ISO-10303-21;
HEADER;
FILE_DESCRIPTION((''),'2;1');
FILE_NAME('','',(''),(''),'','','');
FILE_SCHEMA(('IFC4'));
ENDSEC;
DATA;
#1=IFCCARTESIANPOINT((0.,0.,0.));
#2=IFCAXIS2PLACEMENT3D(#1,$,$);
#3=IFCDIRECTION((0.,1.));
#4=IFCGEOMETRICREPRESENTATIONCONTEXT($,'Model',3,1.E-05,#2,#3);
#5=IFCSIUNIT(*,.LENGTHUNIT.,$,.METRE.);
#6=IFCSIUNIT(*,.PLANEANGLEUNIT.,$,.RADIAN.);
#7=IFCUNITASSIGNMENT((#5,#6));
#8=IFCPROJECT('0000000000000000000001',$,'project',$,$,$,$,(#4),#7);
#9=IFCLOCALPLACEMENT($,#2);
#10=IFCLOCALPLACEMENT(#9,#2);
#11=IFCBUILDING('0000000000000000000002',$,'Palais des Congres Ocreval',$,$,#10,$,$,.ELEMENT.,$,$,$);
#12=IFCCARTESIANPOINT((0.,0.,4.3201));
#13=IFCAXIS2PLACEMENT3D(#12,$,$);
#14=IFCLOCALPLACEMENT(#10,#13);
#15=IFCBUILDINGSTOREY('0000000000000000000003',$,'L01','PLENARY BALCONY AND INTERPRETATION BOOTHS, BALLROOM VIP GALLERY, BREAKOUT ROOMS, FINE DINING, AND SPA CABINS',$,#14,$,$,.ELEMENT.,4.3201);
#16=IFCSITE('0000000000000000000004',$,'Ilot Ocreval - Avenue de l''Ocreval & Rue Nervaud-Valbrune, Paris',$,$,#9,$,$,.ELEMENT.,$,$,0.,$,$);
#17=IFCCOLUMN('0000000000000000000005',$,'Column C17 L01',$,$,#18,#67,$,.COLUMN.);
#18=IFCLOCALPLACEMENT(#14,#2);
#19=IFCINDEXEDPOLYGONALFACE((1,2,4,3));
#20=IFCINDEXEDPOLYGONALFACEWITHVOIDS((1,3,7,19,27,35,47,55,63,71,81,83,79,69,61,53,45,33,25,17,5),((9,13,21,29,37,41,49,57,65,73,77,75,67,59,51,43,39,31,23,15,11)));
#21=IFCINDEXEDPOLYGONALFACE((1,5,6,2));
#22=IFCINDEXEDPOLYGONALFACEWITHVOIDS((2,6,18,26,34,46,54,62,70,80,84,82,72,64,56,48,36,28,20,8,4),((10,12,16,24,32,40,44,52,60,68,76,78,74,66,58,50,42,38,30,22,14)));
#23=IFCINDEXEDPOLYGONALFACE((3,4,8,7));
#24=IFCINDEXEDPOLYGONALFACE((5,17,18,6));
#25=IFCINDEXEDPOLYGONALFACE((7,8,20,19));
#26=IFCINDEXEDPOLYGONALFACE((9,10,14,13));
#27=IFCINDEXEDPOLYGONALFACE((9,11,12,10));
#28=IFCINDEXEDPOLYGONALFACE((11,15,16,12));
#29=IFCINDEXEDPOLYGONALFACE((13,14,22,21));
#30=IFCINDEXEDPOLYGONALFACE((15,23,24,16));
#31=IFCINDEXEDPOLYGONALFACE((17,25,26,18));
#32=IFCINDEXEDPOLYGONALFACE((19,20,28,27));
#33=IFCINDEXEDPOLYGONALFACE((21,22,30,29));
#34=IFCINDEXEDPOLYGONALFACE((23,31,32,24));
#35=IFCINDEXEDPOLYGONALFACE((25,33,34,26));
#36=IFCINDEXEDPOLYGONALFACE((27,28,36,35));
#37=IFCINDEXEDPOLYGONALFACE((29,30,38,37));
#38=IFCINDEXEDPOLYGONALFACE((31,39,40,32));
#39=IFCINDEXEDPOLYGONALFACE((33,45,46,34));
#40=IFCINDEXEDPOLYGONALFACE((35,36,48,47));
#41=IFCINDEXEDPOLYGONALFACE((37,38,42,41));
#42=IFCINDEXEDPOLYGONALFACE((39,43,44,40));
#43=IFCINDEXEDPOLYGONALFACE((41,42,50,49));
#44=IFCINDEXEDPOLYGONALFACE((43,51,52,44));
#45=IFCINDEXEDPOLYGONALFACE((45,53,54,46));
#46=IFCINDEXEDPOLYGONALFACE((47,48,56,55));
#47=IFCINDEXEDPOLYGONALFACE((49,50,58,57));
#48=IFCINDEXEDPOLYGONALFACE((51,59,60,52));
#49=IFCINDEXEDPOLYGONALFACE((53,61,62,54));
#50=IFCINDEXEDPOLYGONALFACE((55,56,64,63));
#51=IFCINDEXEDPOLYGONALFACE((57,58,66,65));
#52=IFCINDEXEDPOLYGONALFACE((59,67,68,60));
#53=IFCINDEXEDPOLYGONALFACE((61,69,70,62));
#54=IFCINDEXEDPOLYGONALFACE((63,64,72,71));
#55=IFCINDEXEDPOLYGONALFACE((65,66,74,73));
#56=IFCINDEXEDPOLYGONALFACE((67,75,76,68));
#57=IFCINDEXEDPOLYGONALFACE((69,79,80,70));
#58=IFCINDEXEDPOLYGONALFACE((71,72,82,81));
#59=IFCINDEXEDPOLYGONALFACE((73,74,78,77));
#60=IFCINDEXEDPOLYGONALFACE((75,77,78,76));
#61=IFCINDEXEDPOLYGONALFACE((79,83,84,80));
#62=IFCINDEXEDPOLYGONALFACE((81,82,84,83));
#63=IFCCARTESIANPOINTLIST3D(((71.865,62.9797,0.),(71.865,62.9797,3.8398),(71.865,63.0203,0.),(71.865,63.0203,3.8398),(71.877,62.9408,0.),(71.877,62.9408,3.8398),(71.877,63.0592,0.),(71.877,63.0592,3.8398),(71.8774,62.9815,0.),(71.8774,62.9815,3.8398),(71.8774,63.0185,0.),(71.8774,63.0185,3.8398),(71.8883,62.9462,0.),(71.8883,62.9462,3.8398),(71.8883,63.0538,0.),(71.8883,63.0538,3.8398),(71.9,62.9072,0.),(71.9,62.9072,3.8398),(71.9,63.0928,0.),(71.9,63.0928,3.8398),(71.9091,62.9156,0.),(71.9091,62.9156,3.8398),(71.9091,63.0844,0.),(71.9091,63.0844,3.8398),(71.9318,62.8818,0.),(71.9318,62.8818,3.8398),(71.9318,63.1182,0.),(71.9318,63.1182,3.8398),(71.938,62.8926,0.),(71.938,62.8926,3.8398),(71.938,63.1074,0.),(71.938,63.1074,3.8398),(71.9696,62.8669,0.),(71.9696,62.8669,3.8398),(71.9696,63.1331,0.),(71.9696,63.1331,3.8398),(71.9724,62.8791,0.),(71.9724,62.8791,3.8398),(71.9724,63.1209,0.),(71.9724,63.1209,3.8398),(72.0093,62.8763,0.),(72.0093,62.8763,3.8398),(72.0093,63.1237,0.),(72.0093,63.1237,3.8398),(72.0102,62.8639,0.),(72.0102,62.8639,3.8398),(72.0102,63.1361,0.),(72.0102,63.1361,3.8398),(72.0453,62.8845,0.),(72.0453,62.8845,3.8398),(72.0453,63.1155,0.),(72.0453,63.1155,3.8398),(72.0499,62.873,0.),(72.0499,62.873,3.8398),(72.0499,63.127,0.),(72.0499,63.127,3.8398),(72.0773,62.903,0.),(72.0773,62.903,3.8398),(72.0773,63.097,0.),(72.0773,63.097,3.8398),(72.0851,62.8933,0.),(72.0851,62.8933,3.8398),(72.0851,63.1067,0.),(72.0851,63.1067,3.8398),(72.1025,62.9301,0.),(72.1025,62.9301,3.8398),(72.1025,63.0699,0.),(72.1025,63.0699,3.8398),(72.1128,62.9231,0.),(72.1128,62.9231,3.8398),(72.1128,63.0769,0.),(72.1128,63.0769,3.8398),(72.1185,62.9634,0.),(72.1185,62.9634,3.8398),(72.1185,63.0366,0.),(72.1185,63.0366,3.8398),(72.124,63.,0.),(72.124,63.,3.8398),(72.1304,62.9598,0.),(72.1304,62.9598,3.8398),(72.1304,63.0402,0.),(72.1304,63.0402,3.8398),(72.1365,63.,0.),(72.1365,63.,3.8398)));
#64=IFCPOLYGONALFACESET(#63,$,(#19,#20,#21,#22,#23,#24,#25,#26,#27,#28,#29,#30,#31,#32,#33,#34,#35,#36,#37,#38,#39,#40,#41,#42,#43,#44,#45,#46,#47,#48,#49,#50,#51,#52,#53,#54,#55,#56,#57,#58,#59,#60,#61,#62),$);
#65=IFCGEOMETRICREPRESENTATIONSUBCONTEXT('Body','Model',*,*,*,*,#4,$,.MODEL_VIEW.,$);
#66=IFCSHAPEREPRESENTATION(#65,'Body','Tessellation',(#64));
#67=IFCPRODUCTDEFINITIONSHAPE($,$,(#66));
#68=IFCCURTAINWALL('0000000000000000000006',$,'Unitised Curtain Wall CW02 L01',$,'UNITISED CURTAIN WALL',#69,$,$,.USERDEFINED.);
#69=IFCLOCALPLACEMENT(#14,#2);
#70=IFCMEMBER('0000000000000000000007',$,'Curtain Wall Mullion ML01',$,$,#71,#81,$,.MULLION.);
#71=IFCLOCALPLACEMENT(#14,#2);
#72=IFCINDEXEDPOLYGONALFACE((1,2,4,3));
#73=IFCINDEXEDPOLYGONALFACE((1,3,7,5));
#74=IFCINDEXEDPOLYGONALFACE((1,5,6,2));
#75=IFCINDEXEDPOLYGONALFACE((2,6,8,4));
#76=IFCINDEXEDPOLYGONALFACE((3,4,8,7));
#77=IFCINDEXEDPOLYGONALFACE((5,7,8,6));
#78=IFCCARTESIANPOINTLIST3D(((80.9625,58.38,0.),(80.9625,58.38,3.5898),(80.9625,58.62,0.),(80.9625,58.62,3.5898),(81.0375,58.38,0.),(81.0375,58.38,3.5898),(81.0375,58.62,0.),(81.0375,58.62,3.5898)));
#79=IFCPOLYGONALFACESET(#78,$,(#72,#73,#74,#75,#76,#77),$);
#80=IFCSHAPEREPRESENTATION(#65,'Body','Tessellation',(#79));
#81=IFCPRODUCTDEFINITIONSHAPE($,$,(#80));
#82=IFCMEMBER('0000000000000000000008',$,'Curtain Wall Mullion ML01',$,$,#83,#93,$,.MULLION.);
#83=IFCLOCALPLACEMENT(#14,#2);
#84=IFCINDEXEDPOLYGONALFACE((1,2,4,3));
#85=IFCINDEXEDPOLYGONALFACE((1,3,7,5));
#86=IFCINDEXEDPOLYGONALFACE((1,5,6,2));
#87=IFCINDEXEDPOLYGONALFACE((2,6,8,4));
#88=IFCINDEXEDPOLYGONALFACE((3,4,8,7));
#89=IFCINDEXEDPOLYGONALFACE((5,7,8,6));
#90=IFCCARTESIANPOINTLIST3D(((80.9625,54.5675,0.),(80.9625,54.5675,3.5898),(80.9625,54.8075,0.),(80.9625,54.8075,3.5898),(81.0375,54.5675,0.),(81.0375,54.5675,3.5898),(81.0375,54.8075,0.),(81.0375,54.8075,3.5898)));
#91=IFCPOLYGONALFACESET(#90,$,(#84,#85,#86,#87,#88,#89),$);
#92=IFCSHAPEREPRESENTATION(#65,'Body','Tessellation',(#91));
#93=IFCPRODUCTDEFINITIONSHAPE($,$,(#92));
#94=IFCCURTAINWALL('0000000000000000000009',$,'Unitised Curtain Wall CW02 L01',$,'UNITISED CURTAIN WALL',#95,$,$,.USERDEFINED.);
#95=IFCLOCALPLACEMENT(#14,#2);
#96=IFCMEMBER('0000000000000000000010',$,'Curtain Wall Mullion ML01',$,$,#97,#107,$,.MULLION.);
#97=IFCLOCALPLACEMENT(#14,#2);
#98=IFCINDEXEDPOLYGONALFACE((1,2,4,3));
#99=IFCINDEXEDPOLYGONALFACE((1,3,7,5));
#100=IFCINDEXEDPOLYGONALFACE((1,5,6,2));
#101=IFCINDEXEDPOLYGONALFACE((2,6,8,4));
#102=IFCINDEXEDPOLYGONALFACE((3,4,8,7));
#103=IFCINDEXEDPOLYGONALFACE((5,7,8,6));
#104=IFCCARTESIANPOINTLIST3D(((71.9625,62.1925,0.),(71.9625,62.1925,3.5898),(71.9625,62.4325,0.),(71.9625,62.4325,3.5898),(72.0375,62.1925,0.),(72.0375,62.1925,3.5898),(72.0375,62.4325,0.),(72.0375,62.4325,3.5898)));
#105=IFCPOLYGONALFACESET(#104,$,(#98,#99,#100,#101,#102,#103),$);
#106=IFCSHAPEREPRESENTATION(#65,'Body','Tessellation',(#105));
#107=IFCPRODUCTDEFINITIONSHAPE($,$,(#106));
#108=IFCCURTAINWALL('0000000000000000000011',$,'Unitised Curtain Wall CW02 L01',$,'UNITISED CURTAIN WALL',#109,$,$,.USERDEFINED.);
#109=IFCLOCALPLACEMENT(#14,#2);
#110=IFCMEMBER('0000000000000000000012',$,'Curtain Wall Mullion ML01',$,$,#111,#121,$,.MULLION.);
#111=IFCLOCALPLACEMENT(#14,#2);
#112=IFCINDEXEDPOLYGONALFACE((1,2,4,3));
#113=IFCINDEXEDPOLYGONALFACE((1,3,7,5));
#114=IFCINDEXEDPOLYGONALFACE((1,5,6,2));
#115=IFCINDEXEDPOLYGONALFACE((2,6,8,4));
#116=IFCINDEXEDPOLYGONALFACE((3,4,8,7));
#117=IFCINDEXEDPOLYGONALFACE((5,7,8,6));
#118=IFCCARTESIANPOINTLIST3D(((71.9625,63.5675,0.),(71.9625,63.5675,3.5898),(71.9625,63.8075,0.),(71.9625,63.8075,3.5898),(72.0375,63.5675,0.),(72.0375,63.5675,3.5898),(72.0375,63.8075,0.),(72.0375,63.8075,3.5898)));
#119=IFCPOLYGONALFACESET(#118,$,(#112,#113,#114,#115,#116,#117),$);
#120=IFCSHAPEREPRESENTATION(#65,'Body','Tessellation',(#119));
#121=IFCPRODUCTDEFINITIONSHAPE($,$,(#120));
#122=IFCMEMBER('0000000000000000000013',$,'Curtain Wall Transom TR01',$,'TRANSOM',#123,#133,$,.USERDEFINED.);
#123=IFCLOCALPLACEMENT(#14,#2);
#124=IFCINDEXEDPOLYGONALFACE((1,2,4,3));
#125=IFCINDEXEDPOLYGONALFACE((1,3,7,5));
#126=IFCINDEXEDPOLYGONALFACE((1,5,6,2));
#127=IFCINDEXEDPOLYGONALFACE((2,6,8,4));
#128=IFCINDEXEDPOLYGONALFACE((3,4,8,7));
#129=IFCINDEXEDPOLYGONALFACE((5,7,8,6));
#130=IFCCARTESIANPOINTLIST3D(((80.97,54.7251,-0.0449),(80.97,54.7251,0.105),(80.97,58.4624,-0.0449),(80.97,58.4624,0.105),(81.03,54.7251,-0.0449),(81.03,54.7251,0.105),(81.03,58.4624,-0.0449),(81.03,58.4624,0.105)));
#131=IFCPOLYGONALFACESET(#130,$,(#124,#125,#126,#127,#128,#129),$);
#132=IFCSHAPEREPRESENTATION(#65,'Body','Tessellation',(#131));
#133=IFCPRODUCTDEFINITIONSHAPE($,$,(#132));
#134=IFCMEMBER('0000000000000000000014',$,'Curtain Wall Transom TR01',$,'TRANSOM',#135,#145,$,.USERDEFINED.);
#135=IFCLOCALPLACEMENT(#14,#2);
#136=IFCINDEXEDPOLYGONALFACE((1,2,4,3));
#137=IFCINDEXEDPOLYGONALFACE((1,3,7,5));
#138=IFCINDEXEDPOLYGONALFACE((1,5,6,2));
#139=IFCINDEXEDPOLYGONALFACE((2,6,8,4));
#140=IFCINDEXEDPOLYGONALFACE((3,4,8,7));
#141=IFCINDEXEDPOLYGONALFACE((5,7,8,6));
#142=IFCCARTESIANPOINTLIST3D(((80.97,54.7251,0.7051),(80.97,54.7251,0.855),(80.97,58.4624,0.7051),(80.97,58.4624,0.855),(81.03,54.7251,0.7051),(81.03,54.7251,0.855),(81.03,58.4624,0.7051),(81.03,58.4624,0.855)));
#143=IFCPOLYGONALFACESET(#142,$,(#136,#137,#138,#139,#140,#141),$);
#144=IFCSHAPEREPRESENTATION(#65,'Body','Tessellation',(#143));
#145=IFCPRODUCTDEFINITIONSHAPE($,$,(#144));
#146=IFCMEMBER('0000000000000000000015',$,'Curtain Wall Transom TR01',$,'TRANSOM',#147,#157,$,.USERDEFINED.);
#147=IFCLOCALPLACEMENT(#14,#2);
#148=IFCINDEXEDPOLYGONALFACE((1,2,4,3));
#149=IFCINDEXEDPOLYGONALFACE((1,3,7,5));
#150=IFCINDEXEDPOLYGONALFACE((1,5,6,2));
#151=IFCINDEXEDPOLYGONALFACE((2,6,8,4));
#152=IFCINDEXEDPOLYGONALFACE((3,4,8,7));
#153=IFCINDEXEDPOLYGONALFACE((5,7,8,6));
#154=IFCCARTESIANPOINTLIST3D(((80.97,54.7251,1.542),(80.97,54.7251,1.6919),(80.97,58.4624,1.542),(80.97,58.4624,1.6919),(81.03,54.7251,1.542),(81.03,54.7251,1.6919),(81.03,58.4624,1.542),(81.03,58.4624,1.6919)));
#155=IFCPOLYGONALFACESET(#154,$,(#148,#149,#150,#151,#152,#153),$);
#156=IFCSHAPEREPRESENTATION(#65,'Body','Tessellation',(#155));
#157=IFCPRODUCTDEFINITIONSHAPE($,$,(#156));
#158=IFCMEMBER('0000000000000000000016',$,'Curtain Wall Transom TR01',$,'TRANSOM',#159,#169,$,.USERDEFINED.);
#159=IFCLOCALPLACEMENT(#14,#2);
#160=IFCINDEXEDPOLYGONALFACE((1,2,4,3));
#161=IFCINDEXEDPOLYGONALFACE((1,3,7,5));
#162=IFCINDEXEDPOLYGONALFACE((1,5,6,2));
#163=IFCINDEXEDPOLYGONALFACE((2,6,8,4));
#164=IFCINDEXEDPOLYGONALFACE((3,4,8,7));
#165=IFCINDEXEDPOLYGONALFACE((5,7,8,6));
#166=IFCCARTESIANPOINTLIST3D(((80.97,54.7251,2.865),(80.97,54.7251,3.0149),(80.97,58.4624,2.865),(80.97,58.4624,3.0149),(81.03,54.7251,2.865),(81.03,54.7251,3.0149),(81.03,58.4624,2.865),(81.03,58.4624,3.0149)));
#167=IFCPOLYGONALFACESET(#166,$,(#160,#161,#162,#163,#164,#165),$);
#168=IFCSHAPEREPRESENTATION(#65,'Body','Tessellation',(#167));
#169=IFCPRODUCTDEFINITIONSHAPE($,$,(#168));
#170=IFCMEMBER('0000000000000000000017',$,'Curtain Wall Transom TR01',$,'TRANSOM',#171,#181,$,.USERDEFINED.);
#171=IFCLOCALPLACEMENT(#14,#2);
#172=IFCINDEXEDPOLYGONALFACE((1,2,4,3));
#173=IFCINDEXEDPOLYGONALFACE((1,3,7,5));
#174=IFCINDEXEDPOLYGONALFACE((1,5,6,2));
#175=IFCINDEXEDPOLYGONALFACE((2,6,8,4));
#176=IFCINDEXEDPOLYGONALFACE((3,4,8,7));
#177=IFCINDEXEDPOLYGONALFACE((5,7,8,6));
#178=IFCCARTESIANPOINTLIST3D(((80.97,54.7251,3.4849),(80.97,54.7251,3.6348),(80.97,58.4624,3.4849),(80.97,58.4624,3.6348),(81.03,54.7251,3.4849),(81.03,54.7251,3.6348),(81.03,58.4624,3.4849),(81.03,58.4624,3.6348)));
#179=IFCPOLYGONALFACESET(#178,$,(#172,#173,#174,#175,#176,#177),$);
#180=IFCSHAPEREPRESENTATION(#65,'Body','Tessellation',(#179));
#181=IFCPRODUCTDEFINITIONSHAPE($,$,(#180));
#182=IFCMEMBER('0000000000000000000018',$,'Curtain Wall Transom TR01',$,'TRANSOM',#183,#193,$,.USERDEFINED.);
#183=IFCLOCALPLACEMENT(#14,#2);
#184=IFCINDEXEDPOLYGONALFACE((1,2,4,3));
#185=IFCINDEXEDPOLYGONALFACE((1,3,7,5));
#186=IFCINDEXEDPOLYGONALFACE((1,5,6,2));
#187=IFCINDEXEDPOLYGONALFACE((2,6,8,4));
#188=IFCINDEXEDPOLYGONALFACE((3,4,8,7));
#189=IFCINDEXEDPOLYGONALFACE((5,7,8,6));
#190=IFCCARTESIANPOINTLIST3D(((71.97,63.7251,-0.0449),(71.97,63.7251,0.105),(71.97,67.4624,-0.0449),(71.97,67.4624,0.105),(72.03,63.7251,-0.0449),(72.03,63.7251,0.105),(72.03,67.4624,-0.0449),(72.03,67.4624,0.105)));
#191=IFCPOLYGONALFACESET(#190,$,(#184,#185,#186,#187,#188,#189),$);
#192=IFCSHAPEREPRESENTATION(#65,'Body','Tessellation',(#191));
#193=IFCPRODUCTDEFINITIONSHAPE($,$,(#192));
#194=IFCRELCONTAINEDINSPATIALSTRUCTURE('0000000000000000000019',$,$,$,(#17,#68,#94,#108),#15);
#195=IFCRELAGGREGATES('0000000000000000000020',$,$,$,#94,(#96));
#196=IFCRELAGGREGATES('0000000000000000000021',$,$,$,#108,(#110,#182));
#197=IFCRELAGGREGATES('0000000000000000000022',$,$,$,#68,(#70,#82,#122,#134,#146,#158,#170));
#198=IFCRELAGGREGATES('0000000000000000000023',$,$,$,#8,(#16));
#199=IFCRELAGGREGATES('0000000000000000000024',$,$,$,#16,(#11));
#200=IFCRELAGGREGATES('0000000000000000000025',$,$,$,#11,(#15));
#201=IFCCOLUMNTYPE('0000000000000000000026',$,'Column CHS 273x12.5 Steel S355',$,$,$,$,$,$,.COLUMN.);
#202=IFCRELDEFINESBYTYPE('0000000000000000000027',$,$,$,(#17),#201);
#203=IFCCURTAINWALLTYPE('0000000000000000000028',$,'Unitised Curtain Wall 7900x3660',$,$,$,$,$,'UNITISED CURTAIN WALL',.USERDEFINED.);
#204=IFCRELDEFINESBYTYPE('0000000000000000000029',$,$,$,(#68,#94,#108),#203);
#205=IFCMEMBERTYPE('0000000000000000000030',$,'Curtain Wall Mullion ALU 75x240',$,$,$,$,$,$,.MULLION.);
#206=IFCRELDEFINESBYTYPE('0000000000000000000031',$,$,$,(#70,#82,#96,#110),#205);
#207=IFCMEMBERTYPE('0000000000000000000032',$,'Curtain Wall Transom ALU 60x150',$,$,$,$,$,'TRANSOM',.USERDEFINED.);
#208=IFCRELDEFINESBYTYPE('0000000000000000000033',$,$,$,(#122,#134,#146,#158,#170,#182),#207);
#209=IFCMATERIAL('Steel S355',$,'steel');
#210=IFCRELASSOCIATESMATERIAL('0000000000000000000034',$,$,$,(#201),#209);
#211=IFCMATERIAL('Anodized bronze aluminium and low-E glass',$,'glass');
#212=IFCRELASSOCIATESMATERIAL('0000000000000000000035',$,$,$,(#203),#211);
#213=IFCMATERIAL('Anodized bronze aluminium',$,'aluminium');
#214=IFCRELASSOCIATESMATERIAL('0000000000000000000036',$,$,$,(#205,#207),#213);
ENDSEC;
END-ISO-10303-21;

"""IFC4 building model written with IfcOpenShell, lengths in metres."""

from ifc_helpers import new_model, si_unit, direction, frame, origin, origin_2d, place, context, subcontext, project, spatial, rectangle, hollow_circle, extrude, material, material_profile, profile_set, type_object, element, aggregate, save


model = new_model("IFC4")

# Units and contexts
model_context = context("Model", 3, precision=1e-05, world=origin(), true_north=direction((0.0, 1.0)))
body_context = subcontext(model_context, "Body", "Model", "MODEL_VIEW")
ifc_project = project(units=[si_unit("LENGTHUNIT", "METRE"), si_unit("PLANEANGLEUNIT", "RADIAN")], contexts=[model_context])

# Site, building, storey
site_placement = place(None, origin())
site = spatial("IfcSite", under=ifc_project, at=site_placement, Name="Ilot Ocreval - Avenue de l'Ocreval & Rue Nervaud-Valbrune, Paris", CompositionType="ELEMENT", RefElevation=0.0)
building_placement = place(site_placement, origin())
building = spatial("IfcBuilding", under=site, at=building_placement, Name="Palais des Congres Ocreval", CompositionType="ELEMENT")
storey_placement = place(building_placement, frame((0.0, 0.0, 4.3201)))
storey = spatial("IfcBuildingStorey", under=building, at=storey_placement, Name="L01", Description="PLENARY BALCONY AND INTERPRETATION BOOTHS, BALLROOM VIP GALLERY, BREAKOUT ROOMS, FINE DINING, AND SPA CABINS", CompositionType="ELEMENT", Elevation=4.3201)

# Column
ifc_material_1 = material(Name="Steel S355", Category="steel")
ifc_material_profile_1 = material_profile(ifc_material_1, hollow_circle(Radius=0.1365, WallThickness=0.0125, at=origin_2d()), Name="CHS 273x12.5")
ifc_profile_set_1 = profile_set([ifc_material_profile_1], Name="Steel S355")
column_type = type_object("IfcColumnType", Name="Column CHS 273x12.5 Steel S355", PredefinedType="COLUMN", material=ifc_profile_set_1)
column_placement = place(storey_placement, frame((72.0, 63.0, 0.0), z_axis=(0.0, 0.0, 1.0), x_axis=(1.0, 0.0, 0.0)))
element("IfcColumn", 1, at=column_placement, inside=storey, type_object=column_type, Name="Column C17 L01", PredefinedType="COLUMN", context=body_context, shape_type="SweptSolid", body=[
    extrude(hollow_circle(Radius=0.1365, WallThickness=0.0125, at=origin_2d()), origin(), (0.0, 0.0, 1.0), 3.8398),
])

# Curtain wall, members
ifc_material_2 = material(Name="Anodized bronze aluminium and low-E glass", Category="glass")
curtain_wall_type = type_object("IfcCurtainWallType", Name="Unitised Curtain Wall 7900x3660", ElementType="UNITISED CURTAIN WALL", PredefinedType="USERDEFINED", material=ifc_material_2)
curtain_wall_1_placement = place(storey_placement, origin())
curtain_wall_1 = element("IfcCurtainWall", 2, at=curtain_wall_1_placement, inside=storey, type_object=curtain_wall_type, Name="Unitised Curtain Wall CW02 L01", ObjectType="UNITISED CURTAIN WALL", PredefinedType="USERDEFINED")
ifc_material_3 = material(Name="Anodized bronze aluminium", Category="aluminium")
ifc_material_profile_2 = material_profile(ifc_material_3, rectangle(XDim=0.075, YDim=0.24, at=origin_2d()), Name="ALU 75x240")
ifc_profile_set_2 = profile_set([ifc_material_profile_2], Name="Anodized bronze aluminium")
member_type_1 = type_object("IfcMemberType", Name="Curtain Wall Mullion ALU 75x240", PredefinedType="MULLION", material=ifc_profile_set_2)
member_1_placement = place(storey_placement, frame((81.0, 58.5, 0.0), z_axis=(0.0, 0.0, 1.0), x_axis=(1.0, 0.0, 0.0)))
member_1 = element("IfcMember", 3, at=member_1_placement, type_object=member_type_1, Name="Curtain Wall Mullion ML01", PredefinedType="MULLION", context=body_context, shape_type="SweptSolid", body=[
    extrude(rectangle(XDim=0.075, YDim=0.24, at=origin_2d()), origin(), (0.0, 0.0, 1.0), 3.5898),
])
member_2_placement = place(storey_placement, frame((81.0, 54.6875, 0.0), z_axis=(0.0, 0.0, 1.0), x_axis=(1.0, 0.0, 0.0)))
member_2 = element("IfcMember", 4, at=member_2_placement, type_object=member_type_1, Name="Curtain Wall Mullion ML01", PredefinedType="MULLION", context=body_context, shape_type="SweptSolid", body=[
    extrude(rectangle(XDim=0.075, YDim=0.24, at=origin_2d()), origin(), (0.0, 0.0, 1.0), 3.5898),
])

# Curtain walls, members
curtain_wall_2_placement = place(storey_placement, origin())
curtain_wall_2 = element("IfcCurtainWall", 5, at=curtain_wall_2_placement, inside=storey, type_object=curtain_wall_type, Name="Unitised Curtain Wall CW02 L01", ObjectType="UNITISED CURTAIN WALL", PredefinedType="USERDEFINED")
member_3_placement = place(storey_placement, frame((72.0, 62.3125, 0.0), z_axis=(0.0, 0.0, 1.0), x_axis=(-1.0, 0.0, 0.0)))
member_3 = element("IfcMember", 6, at=member_3_placement, type_object=member_type_1, Name="Curtain Wall Mullion ML01", PredefinedType="MULLION", context=body_context, shape_type="SweptSolid", body=[
    extrude(rectangle(XDim=0.075, YDim=0.24, at=origin_2d()), origin(), (0.0, 0.0, 1.0), 3.5898),
])
aggregate(curtain_wall_2, [member_3])
curtain_wall_3_placement = place(storey_placement, origin())
curtain_wall_3 = element("IfcCurtainWall", 7, at=curtain_wall_3_placement, inside=storey, type_object=curtain_wall_type, Name="Unitised Curtain Wall CW02 L01", ObjectType="UNITISED CURTAIN WALL", PredefinedType="USERDEFINED")
member_4_placement = place(storey_placement, frame((72.0, 63.6875, 0.0), z_axis=(0.0, 0.0, 1.0), x_axis=(-1.0, 0.0, 0.0)))
member_4 = element("IfcMember", 8, at=member_4_placement, type_object=member_type_1, Name="Curtain Wall Mullion ML01", PredefinedType="MULLION", context=body_context, shape_type="SweptSolid", body=[
    extrude(rectangle(XDim=0.075, YDim=0.24, at=origin_2d()), origin(), (0.0, 0.0, 1.0), 3.5898),
])

# Members
ifc_material_profile_3 = material_profile(ifc_material_3, rectangle(XDim=0.0601, YDim=0.1499, at=origin_2d()), Name="ALU 60x150")
ifc_profile_set_3 = profile_set([ifc_material_profile_3], Name="Anodized bronze aluminium")
member_type_2 = type_object("IfcMemberType", Name="Curtain Wall Transom ALU 60x150", ElementType="TRANSOM", PredefinedType="USERDEFINED", material=ifc_profile_set_3)
member_5_placement = place(storey_placement, frame((81.0, 58.4624, 0.03), z_axis=(0.0, -1.0, 0.0), x_axis=(1.0, 0.0, 0.0)))
member_5 = element("IfcMember", 9, at=member_5_placement, type_object=member_type_2, Name="Curtain Wall Transom TR01", ObjectType="TRANSOM", PredefinedType="USERDEFINED", context=body_context, shape_type="SweptSolid", body=[
    extrude(rectangle(XDim=0.0601, YDim=0.1499, at=origin_2d()), origin(), (0.0, 0.0, 1.0), 3.7373),
])
member_6_placement = place(storey_placement, frame((81.0, 58.4624, 0.78), z_axis=(0.0, -1.0, 0.0), x_axis=(1.0, 0.0, 0.0)))
member_6 = element("IfcMember", 10, at=member_6_placement, type_object=member_type_2, Name="Curtain Wall Transom TR01", ObjectType="TRANSOM", PredefinedType="USERDEFINED", context=body_context, shape_type="SweptSolid", body=[
    extrude(rectangle(XDim=0.0601, YDim=0.1499, at=origin_2d()), origin(), (0.0, 0.0, 1.0), 3.7373),
])
member_7_placement = place(storey_placement, frame((81.0, 58.4624, 1.6169), z_axis=(0.0, -1.0, 0.0), x_axis=(1.0, 0.0, 0.0)))
member_7 = element("IfcMember", 11, at=member_7_placement, type_object=member_type_2, Name="Curtain Wall Transom TR01", ObjectType="TRANSOM", PredefinedType="USERDEFINED", context=body_context, shape_type="SweptSolid", body=[
    extrude(rectangle(XDim=0.0601, YDim=0.1499, at=origin_2d()), origin(), (0.0, 0.0, 1.0), 3.7373),
])
member_8_placement = place(storey_placement, frame((81.0, 58.4624, 2.9399), z_axis=(0.0, -1.0, 0.0), x_axis=(1.0, 0.0, 0.0)))
member_8 = element("IfcMember", 12, at=member_8_placement, type_object=member_type_2, Name="Curtain Wall Transom TR01", ObjectType="TRANSOM", PredefinedType="USERDEFINED", context=body_context, shape_type="SweptSolid", body=[
    extrude(rectangle(XDim=0.0601, YDim=0.1499, at=origin_2d()), origin(), (0.0, 0.0, 1.0), 3.7373),
])
member_9_placement = place(storey_placement, frame((81.0, 58.4624, 3.5598), z_axis=(0.0, -1.0, 0.0), x_axis=(1.0, 0.0, 0.0)))
member_9 = element("IfcMember", 13, at=member_9_placement, type_object=member_type_2, Name="Curtain Wall Transom TR01", ObjectType="TRANSOM", PredefinedType="USERDEFINED", context=body_context, shape_type="SweptSolid", body=[
    extrude(rectangle(XDim=0.0601, YDim=0.1499, at=origin_2d()), origin(), (0.0, 0.0, 1.0), 3.7373),
])
member_10_placement = place(storey_placement, frame((72.0, 63.7251, 0.03), z_axis=(0.0, 1.0, 0.0), x_axis=(-1.0, 0.0, 0.0)))
member_10 = element("IfcMember", 14, at=member_10_placement, type_object=member_type_2, Name="Curtain Wall Transom TR01", ObjectType="TRANSOM", PredefinedType="USERDEFINED", context=body_context, shape_type="SweptSolid", body=[
    extrude(rectangle(XDim=0.0601, YDim=0.1499, at=origin_2d()), origin(), (0.0, 0.0, 1.0), 3.7373),
])
aggregate(curtain_wall_3, [member_4, member_10])

aggregate(curtain_wall_1, [member_1, member_2, member_5, member_6, member_7, member_8, member_9])

save(model, "model.ifc")
